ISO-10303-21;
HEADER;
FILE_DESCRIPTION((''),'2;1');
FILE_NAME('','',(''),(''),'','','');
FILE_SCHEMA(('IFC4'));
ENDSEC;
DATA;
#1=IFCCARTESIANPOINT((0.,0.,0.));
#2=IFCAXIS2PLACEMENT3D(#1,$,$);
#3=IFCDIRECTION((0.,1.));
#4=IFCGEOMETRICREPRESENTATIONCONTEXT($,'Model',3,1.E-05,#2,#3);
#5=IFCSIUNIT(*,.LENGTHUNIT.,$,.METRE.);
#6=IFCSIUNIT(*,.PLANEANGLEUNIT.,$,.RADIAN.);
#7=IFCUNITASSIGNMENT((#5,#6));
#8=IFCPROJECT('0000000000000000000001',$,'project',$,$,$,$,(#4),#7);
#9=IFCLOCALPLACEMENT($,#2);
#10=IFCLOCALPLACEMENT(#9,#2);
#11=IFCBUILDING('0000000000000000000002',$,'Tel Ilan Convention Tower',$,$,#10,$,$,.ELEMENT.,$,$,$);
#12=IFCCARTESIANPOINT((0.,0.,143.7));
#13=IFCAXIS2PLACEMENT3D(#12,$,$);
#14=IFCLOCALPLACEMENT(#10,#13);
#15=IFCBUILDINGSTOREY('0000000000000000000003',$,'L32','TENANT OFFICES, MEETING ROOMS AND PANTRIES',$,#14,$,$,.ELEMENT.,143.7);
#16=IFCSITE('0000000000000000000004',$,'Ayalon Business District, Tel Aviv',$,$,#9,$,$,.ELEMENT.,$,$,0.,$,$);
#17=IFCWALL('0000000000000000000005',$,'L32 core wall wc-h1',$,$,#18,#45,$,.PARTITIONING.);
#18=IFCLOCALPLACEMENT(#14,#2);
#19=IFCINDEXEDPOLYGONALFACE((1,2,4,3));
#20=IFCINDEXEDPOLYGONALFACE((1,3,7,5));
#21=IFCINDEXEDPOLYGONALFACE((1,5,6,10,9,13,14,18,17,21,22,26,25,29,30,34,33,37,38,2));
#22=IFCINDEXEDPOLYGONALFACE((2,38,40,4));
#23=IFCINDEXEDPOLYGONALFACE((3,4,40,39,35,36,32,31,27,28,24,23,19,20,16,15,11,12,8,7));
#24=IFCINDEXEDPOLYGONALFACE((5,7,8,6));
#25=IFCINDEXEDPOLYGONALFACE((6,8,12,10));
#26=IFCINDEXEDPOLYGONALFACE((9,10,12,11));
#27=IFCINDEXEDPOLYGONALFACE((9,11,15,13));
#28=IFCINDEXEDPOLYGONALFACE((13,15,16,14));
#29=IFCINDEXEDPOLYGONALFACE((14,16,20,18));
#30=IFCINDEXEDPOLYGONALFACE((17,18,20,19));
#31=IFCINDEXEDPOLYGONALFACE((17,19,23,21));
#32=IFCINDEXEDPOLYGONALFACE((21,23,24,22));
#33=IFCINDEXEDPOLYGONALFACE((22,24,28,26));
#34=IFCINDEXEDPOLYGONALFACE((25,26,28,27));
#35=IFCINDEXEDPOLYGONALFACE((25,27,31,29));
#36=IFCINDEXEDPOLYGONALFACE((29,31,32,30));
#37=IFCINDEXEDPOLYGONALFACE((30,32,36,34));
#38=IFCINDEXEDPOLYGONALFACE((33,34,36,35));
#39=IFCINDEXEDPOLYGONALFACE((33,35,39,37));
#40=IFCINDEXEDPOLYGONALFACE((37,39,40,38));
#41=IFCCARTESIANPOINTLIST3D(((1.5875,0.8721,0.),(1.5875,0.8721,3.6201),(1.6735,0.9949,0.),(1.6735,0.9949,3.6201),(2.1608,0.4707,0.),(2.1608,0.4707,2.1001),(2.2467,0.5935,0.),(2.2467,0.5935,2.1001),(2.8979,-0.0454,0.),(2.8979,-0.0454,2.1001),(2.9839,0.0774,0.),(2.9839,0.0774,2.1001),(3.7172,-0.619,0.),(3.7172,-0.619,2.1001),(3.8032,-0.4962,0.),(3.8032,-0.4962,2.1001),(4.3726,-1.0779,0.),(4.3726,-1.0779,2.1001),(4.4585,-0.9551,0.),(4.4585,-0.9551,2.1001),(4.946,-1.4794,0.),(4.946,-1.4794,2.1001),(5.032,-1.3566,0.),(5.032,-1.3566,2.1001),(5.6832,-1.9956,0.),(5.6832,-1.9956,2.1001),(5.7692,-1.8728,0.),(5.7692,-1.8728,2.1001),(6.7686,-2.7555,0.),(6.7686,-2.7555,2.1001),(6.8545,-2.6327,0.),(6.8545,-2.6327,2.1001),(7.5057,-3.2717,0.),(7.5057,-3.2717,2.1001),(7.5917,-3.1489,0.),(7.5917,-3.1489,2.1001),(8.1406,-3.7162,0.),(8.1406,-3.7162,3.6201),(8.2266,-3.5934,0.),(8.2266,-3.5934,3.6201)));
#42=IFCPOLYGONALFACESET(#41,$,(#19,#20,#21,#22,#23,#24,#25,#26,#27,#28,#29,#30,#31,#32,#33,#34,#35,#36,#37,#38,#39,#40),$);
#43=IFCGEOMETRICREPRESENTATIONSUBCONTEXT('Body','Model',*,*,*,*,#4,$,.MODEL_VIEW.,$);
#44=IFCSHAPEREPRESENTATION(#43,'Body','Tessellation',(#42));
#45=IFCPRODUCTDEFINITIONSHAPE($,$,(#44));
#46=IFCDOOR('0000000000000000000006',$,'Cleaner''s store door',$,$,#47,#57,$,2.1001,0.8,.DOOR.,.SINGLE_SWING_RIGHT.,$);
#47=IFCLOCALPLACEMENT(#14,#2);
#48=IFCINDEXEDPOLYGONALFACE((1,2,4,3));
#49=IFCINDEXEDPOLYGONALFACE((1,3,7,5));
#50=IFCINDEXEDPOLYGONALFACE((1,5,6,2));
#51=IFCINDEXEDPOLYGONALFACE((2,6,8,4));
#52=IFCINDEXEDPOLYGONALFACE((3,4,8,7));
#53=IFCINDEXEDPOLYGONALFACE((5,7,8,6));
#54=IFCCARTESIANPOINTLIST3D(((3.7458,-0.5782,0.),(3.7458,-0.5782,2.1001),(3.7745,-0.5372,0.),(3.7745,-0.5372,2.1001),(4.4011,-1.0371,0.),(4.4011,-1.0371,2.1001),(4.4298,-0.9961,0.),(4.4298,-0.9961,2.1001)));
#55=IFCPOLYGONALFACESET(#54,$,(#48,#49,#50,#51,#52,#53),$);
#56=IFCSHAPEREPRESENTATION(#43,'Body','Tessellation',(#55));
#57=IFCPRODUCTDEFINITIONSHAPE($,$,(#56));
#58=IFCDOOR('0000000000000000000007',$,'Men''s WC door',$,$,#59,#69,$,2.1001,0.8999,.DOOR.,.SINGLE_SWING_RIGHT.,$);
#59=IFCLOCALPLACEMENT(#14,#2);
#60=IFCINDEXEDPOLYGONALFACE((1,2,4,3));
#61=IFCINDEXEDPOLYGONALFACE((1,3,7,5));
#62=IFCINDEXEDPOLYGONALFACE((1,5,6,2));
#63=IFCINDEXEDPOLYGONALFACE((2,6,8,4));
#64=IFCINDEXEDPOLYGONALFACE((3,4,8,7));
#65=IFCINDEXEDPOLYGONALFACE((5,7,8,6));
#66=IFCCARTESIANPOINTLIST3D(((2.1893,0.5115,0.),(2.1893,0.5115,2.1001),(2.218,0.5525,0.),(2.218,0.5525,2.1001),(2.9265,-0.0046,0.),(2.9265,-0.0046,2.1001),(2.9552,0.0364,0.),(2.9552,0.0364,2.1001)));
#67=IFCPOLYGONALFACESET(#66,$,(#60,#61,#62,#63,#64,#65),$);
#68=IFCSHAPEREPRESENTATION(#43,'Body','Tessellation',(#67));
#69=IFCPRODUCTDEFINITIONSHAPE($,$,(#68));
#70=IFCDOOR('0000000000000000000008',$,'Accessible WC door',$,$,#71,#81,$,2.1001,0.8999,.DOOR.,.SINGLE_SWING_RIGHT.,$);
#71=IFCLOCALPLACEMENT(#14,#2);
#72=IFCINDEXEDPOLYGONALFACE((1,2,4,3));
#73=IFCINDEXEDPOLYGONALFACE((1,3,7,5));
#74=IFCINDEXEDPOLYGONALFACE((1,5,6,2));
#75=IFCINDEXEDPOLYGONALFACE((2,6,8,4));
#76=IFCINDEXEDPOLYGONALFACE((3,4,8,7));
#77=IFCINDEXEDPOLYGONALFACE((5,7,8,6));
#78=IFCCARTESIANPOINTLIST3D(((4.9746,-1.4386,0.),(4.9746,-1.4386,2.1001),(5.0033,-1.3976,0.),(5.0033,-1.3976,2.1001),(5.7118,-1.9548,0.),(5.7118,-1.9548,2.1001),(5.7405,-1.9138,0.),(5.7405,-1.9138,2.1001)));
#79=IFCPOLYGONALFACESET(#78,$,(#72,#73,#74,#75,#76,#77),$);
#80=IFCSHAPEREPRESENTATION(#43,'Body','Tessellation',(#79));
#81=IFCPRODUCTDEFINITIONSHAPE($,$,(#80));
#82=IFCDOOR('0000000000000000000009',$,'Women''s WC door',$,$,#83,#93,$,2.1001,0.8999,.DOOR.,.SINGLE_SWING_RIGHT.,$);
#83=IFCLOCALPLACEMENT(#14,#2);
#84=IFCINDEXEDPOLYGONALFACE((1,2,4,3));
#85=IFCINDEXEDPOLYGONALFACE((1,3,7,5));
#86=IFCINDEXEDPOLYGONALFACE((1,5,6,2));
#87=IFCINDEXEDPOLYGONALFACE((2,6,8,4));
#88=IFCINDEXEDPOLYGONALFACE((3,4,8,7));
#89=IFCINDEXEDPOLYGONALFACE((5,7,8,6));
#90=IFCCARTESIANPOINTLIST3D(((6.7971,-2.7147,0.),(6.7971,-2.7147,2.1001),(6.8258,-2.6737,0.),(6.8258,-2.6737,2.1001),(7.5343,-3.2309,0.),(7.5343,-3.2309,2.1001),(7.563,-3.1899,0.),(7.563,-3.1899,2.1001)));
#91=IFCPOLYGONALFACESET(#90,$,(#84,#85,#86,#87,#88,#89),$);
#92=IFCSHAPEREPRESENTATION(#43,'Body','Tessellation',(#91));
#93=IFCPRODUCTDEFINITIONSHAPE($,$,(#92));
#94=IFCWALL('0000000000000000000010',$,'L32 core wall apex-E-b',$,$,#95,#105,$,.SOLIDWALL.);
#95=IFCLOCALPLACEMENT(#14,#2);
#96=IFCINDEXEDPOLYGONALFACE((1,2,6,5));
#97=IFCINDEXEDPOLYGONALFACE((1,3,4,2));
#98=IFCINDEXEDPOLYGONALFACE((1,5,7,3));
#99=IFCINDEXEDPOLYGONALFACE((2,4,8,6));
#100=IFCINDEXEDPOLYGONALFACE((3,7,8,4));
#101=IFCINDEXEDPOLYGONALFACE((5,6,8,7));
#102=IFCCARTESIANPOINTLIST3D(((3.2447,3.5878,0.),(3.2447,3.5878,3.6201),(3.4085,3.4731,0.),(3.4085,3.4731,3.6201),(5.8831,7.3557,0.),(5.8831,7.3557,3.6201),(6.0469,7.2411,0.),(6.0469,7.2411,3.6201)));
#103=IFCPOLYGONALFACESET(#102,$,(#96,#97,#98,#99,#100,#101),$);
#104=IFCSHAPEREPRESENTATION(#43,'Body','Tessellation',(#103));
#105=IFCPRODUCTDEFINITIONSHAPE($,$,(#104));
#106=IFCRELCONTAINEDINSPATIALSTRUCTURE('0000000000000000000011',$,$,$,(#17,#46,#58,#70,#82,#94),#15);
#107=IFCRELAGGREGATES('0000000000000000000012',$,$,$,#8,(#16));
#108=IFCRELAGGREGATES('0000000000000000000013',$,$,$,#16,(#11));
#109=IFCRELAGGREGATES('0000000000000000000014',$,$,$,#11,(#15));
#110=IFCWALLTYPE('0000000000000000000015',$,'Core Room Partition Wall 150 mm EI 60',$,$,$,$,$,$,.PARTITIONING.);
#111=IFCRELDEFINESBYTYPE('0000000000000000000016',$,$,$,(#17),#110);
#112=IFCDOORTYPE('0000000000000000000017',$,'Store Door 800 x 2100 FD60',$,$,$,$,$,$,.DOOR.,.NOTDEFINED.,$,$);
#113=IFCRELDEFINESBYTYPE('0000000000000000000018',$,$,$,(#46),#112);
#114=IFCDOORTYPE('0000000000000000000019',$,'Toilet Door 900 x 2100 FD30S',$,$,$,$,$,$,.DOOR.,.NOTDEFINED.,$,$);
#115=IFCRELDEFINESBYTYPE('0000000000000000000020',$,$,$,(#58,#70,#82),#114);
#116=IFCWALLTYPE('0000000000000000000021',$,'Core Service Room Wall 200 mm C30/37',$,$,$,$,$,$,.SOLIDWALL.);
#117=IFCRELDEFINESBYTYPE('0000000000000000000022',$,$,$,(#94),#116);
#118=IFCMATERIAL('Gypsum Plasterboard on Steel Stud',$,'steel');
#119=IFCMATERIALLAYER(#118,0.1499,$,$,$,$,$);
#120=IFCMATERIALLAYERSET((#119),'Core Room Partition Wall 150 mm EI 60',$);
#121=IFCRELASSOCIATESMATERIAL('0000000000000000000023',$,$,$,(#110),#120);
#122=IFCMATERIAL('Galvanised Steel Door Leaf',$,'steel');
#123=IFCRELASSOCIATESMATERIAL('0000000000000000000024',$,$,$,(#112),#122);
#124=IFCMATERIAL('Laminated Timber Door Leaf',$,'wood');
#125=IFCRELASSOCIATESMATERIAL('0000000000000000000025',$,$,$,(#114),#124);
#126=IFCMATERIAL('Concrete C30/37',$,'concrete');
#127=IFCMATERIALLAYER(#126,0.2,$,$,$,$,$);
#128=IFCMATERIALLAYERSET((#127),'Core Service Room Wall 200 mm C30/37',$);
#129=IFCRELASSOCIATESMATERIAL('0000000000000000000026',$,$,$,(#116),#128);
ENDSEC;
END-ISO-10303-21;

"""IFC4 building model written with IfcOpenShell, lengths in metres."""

from ifc_helpers import new_model, si_unit, direction, frame, frame_2d, origin, place, context, subcontext, project, spatial, rectangle, extrude, material, layer, layer_set, type_object, element, fill, save


model = new_model("IFC4")

# Units and contexts
model_context = context("Model", 3, precision=1e-05, world=origin(), true_north=direction((0.0, 1.0)))
body_context = subcontext(model_context, "Body", "Model", "MODEL_VIEW")
ifc_project = project(units=[si_unit("LENGTHUNIT", "METRE"), si_unit("PLANEANGLEUNIT", "RADIAN")], contexts=[model_context])

# Site, building, storey
site_placement = place(None, origin())
site = spatial("IfcSite", under=ifc_project, at=site_placement, Name="Ayalon Business District, Tel Aviv", CompositionType="ELEMENT", RefElevation=0.0)
building_placement = place(site_placement, origin())
building = spatial("IfcBuilding", under=site, at=building_placement, Name="Tel Ilan Convention Tower", CompositionType="ELEMENT")
storey_placement = place(building_placement, frame((0.0, 0.0, 143.7)))
storey = spatial("IfcBuildingStorey", under=building, at=storey_placement, Name="L32", Description="TENANT OFFICES, MEETING ROOMS AND PANTRIES", CompositionType="ELEMENT", Elevation=143.7)

# Wall, openings, doors
ifc_material_1 = material(Name="Gypsum Plasterboard on Steel Stud", Category="steel")
ifc_layer_1 = layer(ifc_material_1, 0.1499)
ifc_layer_set_1 = layer_set([ifc_layer_1], Name="Core Room Partition Wall 150 mm EI 60")
wall_type_1 = type_object("IfcWallType", Name="Core Room Partition Wall 150 mm EI 60", PredefinedType="PARTITIONING", material=ifc_layer_set_1)
wall_1_placement = place(storey_placement, frame((1.6304, 0.9336, 0.0), z_axis=(0.0, 0.0, 1.0), x_axis=(0.819166, -0.573557, 0.0)))
wall_1 = element("IfcWall", 1, at=wall_1_placement, inside=storey, type_object=wall_type_1, Name="L32 core wall wc-h1", PredefinedType="PARTITIONING", context=body_context, shape_type="SweptSolid", body=[
    extrude(rectangle(XDim=7.9998, YDim=0.1499, at=frame_2d((4.0, 0.0))), origin(), (0.0, 0.0, 1.0), 3.6201),
])
opening_1_placement = place(wall_1_placement, frame((0.7, 0.0, 0.0)))
opening_1 = element("IfcOpeningElement", 2, at=opening_1_placement, cuts=wall_1, PredefinedType="OPENING", context=body_context, shape_type="SweptSolid", body=[
    extrude(rectangle(XDim=0.8999, YDim=2.1001, at=frame_2d((0.45, 1.05))), frame((0.0, 0.085, 0.0), z_axis=(0.0, -1.0, 0.0), x_axis=(1.0, 0.0, 0.0)), (0.0, 0.0, 1.0), 0.1699),
])
opening_2_placement = place(wall_1_placement, frame((2.6001, 0.0, 0.0)))
opening_2 = element("IfcOpeningElement", 3, at=opening_2_placement, cuts=wall_1, PredefinedType="OPENING", context=body_context, shape_type="SweptSolid", body=[
    extrude(rectangle(XDim=0.8, YDim=2.1001, at=frame_2d((0.3999, 1.05))), frame((0.0, 0.085, 0.0), z_axis=(0.0, -1.0, 0.0), x_axis=(1.0, 0.0, 0.0)), (0.0, 0.0, 1.0), 0.1699),
])
opening_3_placement = place(wall_1_placement, frame((4.1001, 0.0, 0.0)))
opening_3 = element("IfcOpeningElement", 4, at=opening_3_placement, cuts=wall_1, PredefinedType="OPENING", context=body_context, shape_type="SweptSolid", body=[
    extrude(rectangle(XDim=0.8999, YDim=2.1001, at=frame_2d((0.45, 1.05))), frame((0.0, 0.085, 0.0), z_axis=(0.0, -1.0, 0.0), x_axis=(1.0, 0.0, 0.0)), (0.0, 0.0, 1.0), 0.1699),
])
opening_4_placement = place(wall_1_placement, frame((6.325, 0.0, 0.0)))
opening_4 = element("IfcOpeningElement", 5, at=opening_4_placement, cuts=wall_1, PredefinedType="OPENING", context=body_context, shape_type="SweptSolid", body=[
    extrude(rectangle(XDim=0.8999, YDim=2.1001, at=frame_2d((0.45, 1.05))), frame((0.0, 0.085, 0.0), z_axis=(0.0, -1.0, 0.0), x_axis=(1.0, 0.0, 0.0)), (0.0, 0.0, 1.0), 0.1699),
])
ifc_material_2 = material(Name="Galvanised Steel Door Leaf", Category="steel")
door_type_1 = type_object("IfcDoorType", Name="Store Door 800 x 2100 FD60", OperationType="NOTDEFINED", PredefinedType="DOOR", material=ifc_material_2)
door_1_placement = place(opening_2_placement, origin())
door_1 = element("IfcDoor", 6, at=door_1_placement, inside=storey, type_object=door_type_1, Name="Cleaner's store door", OperationType="SINGLE_SWING_RIGHT", OverallHeight=2.1001, OverallWidth=0.8, PredefinedType="DOOR", context=body_context, shape_type="SweptSolid", body=[
    extrude(rectangle(XDim=0.8, YDim=2.1001, at=frame_2d((0.3999, 1.05))), frame((0.0, 0.0249, 0.0), z_axis=(0.0, -1.0, 0.0), x_axis=(1.0, 0.0, 0.0)), (0.0, 0.0, 1.0), 0.05),
])
fill(opening_2, door_1)
ifc_material_3 = material(Name="Laminated Timber Door Leaf", Category="wood")
door_type_2 = type_object("IfcDoorType", Name="Toilet Door 900 x 2100 FD30S", OperationType="NOTDEFINED", PredefinedType="DOOR", material=ifc_material_3)
door_2_placement = place(opening_1_placement, origin())
door_2 = element("IfcDoor", 7, at=door_2_placement, inside=storey, type_object=door_type_2, Name="Men's WC door", OperationType="SINGLE_SWING_RIGHT", OverallHeight=2.1001, OverallWidth=0.8999, PredefinedType="DOOR", context=body_context, shape_type="SweptSolid", body=[
    extrude(rectangle(XDim=0.8999, YDim=2.1001, at=frame_2d((0.45, 1.05))), frame((0.0, 0.0249, 0.0), z_axis=(0.0, -1.0, 0.0), x_axis=(1.0, 0.0, 0.0)), (0.0, 0.0, 1.0), 0.05),
])
fill(opening_1, door_2)
door_3_placement = place(opening_3_placement, origin())
door_3 = element("IfcDoor", 8, at=door_3_placement, inside=storey, type_object=door_type_2, Name="Accessible WC door", OperationType="SINGLE_SWING_RIGHT", OverallHeight=2.1001, OverallWidth=0.8999, PredefinedType="DOOR", context=body_context, shape_type="SweptSolid", body=[
    extrude(rectangle(XDim=0.8999, YDim=2.1001, at=frame_2d((0.45, 1.05))), frame((0.0, 0.0249, 0.0), z_axis=(0.0, -1.0, 0.0), x_axis=(1.0, 0.0, 0.0)), (0.0, 0.0, 1.0), 0.05),
])
fill(opening_3, door_3)
door_4_placement = place(opening_4_placement, origin())
door_4 = element("IfcDoor", 9, at=door_4_placement, inside=storey, type_object=door_type_2, Name="Women's WC door", OperationType="SINGLE_SWING_RIGHT", OverallHeight=2.1001, OverallWidth=0.8999, PredefinedType="DOOR", context=body_context, shape_type="SweptSolid", body=[
    extrude(rectangle(XDim=0.8999, YDim=2.1001, at=frame_2d((0.45, 1.05))), frame((0.0, 0.0249, 0.0), z_axis=(0.0, -1.0, 0.0), x_axis=(1.0, 0.0, 0.0)), (0.0, 0.0, 1.0), 0.05),
])
fill(opening_4, door_4)

# Wall
ifc_material_4 = material(Name="Concrete C30/37", Category="concrete")
ifc_layer_2 = layer(ifc_material_4, 0.2)
ifc_layer_set_2 = layer_set([ifc_layer_2], Name="Core Service Room Wall 200 mm C30/37")
wall_type_2 = type_object("IfcWallType", Name="Core Service Room Wall 200 mm C30/37", PredefinedType="SOLIDWALL", material=ifc_layer_set_2)
wall_2_placement = place(storey_placement, frame((3.3267, 3.5305, 0.0), z_axis=(0.0, 0.0, 1.0), x_axis=(0.573576, 0.819152, 0.0)))
element("IfcWall", 10, at=wall_2_placement, inside=storey, type_object=wall_type_2, Name="L32 core wall apex-E-b", PredefinedType="SOLIDWALL", context=body_context, shape_type="SweptSolid", body=[
    extrude(rectangle(XDim=4.5999, YDim=0.2, at=frame_2d((2.2998, 0.0))), origin(), (0.0, 0.0, 1.0), 3.6201),
])

save(model, "model.ifc")
